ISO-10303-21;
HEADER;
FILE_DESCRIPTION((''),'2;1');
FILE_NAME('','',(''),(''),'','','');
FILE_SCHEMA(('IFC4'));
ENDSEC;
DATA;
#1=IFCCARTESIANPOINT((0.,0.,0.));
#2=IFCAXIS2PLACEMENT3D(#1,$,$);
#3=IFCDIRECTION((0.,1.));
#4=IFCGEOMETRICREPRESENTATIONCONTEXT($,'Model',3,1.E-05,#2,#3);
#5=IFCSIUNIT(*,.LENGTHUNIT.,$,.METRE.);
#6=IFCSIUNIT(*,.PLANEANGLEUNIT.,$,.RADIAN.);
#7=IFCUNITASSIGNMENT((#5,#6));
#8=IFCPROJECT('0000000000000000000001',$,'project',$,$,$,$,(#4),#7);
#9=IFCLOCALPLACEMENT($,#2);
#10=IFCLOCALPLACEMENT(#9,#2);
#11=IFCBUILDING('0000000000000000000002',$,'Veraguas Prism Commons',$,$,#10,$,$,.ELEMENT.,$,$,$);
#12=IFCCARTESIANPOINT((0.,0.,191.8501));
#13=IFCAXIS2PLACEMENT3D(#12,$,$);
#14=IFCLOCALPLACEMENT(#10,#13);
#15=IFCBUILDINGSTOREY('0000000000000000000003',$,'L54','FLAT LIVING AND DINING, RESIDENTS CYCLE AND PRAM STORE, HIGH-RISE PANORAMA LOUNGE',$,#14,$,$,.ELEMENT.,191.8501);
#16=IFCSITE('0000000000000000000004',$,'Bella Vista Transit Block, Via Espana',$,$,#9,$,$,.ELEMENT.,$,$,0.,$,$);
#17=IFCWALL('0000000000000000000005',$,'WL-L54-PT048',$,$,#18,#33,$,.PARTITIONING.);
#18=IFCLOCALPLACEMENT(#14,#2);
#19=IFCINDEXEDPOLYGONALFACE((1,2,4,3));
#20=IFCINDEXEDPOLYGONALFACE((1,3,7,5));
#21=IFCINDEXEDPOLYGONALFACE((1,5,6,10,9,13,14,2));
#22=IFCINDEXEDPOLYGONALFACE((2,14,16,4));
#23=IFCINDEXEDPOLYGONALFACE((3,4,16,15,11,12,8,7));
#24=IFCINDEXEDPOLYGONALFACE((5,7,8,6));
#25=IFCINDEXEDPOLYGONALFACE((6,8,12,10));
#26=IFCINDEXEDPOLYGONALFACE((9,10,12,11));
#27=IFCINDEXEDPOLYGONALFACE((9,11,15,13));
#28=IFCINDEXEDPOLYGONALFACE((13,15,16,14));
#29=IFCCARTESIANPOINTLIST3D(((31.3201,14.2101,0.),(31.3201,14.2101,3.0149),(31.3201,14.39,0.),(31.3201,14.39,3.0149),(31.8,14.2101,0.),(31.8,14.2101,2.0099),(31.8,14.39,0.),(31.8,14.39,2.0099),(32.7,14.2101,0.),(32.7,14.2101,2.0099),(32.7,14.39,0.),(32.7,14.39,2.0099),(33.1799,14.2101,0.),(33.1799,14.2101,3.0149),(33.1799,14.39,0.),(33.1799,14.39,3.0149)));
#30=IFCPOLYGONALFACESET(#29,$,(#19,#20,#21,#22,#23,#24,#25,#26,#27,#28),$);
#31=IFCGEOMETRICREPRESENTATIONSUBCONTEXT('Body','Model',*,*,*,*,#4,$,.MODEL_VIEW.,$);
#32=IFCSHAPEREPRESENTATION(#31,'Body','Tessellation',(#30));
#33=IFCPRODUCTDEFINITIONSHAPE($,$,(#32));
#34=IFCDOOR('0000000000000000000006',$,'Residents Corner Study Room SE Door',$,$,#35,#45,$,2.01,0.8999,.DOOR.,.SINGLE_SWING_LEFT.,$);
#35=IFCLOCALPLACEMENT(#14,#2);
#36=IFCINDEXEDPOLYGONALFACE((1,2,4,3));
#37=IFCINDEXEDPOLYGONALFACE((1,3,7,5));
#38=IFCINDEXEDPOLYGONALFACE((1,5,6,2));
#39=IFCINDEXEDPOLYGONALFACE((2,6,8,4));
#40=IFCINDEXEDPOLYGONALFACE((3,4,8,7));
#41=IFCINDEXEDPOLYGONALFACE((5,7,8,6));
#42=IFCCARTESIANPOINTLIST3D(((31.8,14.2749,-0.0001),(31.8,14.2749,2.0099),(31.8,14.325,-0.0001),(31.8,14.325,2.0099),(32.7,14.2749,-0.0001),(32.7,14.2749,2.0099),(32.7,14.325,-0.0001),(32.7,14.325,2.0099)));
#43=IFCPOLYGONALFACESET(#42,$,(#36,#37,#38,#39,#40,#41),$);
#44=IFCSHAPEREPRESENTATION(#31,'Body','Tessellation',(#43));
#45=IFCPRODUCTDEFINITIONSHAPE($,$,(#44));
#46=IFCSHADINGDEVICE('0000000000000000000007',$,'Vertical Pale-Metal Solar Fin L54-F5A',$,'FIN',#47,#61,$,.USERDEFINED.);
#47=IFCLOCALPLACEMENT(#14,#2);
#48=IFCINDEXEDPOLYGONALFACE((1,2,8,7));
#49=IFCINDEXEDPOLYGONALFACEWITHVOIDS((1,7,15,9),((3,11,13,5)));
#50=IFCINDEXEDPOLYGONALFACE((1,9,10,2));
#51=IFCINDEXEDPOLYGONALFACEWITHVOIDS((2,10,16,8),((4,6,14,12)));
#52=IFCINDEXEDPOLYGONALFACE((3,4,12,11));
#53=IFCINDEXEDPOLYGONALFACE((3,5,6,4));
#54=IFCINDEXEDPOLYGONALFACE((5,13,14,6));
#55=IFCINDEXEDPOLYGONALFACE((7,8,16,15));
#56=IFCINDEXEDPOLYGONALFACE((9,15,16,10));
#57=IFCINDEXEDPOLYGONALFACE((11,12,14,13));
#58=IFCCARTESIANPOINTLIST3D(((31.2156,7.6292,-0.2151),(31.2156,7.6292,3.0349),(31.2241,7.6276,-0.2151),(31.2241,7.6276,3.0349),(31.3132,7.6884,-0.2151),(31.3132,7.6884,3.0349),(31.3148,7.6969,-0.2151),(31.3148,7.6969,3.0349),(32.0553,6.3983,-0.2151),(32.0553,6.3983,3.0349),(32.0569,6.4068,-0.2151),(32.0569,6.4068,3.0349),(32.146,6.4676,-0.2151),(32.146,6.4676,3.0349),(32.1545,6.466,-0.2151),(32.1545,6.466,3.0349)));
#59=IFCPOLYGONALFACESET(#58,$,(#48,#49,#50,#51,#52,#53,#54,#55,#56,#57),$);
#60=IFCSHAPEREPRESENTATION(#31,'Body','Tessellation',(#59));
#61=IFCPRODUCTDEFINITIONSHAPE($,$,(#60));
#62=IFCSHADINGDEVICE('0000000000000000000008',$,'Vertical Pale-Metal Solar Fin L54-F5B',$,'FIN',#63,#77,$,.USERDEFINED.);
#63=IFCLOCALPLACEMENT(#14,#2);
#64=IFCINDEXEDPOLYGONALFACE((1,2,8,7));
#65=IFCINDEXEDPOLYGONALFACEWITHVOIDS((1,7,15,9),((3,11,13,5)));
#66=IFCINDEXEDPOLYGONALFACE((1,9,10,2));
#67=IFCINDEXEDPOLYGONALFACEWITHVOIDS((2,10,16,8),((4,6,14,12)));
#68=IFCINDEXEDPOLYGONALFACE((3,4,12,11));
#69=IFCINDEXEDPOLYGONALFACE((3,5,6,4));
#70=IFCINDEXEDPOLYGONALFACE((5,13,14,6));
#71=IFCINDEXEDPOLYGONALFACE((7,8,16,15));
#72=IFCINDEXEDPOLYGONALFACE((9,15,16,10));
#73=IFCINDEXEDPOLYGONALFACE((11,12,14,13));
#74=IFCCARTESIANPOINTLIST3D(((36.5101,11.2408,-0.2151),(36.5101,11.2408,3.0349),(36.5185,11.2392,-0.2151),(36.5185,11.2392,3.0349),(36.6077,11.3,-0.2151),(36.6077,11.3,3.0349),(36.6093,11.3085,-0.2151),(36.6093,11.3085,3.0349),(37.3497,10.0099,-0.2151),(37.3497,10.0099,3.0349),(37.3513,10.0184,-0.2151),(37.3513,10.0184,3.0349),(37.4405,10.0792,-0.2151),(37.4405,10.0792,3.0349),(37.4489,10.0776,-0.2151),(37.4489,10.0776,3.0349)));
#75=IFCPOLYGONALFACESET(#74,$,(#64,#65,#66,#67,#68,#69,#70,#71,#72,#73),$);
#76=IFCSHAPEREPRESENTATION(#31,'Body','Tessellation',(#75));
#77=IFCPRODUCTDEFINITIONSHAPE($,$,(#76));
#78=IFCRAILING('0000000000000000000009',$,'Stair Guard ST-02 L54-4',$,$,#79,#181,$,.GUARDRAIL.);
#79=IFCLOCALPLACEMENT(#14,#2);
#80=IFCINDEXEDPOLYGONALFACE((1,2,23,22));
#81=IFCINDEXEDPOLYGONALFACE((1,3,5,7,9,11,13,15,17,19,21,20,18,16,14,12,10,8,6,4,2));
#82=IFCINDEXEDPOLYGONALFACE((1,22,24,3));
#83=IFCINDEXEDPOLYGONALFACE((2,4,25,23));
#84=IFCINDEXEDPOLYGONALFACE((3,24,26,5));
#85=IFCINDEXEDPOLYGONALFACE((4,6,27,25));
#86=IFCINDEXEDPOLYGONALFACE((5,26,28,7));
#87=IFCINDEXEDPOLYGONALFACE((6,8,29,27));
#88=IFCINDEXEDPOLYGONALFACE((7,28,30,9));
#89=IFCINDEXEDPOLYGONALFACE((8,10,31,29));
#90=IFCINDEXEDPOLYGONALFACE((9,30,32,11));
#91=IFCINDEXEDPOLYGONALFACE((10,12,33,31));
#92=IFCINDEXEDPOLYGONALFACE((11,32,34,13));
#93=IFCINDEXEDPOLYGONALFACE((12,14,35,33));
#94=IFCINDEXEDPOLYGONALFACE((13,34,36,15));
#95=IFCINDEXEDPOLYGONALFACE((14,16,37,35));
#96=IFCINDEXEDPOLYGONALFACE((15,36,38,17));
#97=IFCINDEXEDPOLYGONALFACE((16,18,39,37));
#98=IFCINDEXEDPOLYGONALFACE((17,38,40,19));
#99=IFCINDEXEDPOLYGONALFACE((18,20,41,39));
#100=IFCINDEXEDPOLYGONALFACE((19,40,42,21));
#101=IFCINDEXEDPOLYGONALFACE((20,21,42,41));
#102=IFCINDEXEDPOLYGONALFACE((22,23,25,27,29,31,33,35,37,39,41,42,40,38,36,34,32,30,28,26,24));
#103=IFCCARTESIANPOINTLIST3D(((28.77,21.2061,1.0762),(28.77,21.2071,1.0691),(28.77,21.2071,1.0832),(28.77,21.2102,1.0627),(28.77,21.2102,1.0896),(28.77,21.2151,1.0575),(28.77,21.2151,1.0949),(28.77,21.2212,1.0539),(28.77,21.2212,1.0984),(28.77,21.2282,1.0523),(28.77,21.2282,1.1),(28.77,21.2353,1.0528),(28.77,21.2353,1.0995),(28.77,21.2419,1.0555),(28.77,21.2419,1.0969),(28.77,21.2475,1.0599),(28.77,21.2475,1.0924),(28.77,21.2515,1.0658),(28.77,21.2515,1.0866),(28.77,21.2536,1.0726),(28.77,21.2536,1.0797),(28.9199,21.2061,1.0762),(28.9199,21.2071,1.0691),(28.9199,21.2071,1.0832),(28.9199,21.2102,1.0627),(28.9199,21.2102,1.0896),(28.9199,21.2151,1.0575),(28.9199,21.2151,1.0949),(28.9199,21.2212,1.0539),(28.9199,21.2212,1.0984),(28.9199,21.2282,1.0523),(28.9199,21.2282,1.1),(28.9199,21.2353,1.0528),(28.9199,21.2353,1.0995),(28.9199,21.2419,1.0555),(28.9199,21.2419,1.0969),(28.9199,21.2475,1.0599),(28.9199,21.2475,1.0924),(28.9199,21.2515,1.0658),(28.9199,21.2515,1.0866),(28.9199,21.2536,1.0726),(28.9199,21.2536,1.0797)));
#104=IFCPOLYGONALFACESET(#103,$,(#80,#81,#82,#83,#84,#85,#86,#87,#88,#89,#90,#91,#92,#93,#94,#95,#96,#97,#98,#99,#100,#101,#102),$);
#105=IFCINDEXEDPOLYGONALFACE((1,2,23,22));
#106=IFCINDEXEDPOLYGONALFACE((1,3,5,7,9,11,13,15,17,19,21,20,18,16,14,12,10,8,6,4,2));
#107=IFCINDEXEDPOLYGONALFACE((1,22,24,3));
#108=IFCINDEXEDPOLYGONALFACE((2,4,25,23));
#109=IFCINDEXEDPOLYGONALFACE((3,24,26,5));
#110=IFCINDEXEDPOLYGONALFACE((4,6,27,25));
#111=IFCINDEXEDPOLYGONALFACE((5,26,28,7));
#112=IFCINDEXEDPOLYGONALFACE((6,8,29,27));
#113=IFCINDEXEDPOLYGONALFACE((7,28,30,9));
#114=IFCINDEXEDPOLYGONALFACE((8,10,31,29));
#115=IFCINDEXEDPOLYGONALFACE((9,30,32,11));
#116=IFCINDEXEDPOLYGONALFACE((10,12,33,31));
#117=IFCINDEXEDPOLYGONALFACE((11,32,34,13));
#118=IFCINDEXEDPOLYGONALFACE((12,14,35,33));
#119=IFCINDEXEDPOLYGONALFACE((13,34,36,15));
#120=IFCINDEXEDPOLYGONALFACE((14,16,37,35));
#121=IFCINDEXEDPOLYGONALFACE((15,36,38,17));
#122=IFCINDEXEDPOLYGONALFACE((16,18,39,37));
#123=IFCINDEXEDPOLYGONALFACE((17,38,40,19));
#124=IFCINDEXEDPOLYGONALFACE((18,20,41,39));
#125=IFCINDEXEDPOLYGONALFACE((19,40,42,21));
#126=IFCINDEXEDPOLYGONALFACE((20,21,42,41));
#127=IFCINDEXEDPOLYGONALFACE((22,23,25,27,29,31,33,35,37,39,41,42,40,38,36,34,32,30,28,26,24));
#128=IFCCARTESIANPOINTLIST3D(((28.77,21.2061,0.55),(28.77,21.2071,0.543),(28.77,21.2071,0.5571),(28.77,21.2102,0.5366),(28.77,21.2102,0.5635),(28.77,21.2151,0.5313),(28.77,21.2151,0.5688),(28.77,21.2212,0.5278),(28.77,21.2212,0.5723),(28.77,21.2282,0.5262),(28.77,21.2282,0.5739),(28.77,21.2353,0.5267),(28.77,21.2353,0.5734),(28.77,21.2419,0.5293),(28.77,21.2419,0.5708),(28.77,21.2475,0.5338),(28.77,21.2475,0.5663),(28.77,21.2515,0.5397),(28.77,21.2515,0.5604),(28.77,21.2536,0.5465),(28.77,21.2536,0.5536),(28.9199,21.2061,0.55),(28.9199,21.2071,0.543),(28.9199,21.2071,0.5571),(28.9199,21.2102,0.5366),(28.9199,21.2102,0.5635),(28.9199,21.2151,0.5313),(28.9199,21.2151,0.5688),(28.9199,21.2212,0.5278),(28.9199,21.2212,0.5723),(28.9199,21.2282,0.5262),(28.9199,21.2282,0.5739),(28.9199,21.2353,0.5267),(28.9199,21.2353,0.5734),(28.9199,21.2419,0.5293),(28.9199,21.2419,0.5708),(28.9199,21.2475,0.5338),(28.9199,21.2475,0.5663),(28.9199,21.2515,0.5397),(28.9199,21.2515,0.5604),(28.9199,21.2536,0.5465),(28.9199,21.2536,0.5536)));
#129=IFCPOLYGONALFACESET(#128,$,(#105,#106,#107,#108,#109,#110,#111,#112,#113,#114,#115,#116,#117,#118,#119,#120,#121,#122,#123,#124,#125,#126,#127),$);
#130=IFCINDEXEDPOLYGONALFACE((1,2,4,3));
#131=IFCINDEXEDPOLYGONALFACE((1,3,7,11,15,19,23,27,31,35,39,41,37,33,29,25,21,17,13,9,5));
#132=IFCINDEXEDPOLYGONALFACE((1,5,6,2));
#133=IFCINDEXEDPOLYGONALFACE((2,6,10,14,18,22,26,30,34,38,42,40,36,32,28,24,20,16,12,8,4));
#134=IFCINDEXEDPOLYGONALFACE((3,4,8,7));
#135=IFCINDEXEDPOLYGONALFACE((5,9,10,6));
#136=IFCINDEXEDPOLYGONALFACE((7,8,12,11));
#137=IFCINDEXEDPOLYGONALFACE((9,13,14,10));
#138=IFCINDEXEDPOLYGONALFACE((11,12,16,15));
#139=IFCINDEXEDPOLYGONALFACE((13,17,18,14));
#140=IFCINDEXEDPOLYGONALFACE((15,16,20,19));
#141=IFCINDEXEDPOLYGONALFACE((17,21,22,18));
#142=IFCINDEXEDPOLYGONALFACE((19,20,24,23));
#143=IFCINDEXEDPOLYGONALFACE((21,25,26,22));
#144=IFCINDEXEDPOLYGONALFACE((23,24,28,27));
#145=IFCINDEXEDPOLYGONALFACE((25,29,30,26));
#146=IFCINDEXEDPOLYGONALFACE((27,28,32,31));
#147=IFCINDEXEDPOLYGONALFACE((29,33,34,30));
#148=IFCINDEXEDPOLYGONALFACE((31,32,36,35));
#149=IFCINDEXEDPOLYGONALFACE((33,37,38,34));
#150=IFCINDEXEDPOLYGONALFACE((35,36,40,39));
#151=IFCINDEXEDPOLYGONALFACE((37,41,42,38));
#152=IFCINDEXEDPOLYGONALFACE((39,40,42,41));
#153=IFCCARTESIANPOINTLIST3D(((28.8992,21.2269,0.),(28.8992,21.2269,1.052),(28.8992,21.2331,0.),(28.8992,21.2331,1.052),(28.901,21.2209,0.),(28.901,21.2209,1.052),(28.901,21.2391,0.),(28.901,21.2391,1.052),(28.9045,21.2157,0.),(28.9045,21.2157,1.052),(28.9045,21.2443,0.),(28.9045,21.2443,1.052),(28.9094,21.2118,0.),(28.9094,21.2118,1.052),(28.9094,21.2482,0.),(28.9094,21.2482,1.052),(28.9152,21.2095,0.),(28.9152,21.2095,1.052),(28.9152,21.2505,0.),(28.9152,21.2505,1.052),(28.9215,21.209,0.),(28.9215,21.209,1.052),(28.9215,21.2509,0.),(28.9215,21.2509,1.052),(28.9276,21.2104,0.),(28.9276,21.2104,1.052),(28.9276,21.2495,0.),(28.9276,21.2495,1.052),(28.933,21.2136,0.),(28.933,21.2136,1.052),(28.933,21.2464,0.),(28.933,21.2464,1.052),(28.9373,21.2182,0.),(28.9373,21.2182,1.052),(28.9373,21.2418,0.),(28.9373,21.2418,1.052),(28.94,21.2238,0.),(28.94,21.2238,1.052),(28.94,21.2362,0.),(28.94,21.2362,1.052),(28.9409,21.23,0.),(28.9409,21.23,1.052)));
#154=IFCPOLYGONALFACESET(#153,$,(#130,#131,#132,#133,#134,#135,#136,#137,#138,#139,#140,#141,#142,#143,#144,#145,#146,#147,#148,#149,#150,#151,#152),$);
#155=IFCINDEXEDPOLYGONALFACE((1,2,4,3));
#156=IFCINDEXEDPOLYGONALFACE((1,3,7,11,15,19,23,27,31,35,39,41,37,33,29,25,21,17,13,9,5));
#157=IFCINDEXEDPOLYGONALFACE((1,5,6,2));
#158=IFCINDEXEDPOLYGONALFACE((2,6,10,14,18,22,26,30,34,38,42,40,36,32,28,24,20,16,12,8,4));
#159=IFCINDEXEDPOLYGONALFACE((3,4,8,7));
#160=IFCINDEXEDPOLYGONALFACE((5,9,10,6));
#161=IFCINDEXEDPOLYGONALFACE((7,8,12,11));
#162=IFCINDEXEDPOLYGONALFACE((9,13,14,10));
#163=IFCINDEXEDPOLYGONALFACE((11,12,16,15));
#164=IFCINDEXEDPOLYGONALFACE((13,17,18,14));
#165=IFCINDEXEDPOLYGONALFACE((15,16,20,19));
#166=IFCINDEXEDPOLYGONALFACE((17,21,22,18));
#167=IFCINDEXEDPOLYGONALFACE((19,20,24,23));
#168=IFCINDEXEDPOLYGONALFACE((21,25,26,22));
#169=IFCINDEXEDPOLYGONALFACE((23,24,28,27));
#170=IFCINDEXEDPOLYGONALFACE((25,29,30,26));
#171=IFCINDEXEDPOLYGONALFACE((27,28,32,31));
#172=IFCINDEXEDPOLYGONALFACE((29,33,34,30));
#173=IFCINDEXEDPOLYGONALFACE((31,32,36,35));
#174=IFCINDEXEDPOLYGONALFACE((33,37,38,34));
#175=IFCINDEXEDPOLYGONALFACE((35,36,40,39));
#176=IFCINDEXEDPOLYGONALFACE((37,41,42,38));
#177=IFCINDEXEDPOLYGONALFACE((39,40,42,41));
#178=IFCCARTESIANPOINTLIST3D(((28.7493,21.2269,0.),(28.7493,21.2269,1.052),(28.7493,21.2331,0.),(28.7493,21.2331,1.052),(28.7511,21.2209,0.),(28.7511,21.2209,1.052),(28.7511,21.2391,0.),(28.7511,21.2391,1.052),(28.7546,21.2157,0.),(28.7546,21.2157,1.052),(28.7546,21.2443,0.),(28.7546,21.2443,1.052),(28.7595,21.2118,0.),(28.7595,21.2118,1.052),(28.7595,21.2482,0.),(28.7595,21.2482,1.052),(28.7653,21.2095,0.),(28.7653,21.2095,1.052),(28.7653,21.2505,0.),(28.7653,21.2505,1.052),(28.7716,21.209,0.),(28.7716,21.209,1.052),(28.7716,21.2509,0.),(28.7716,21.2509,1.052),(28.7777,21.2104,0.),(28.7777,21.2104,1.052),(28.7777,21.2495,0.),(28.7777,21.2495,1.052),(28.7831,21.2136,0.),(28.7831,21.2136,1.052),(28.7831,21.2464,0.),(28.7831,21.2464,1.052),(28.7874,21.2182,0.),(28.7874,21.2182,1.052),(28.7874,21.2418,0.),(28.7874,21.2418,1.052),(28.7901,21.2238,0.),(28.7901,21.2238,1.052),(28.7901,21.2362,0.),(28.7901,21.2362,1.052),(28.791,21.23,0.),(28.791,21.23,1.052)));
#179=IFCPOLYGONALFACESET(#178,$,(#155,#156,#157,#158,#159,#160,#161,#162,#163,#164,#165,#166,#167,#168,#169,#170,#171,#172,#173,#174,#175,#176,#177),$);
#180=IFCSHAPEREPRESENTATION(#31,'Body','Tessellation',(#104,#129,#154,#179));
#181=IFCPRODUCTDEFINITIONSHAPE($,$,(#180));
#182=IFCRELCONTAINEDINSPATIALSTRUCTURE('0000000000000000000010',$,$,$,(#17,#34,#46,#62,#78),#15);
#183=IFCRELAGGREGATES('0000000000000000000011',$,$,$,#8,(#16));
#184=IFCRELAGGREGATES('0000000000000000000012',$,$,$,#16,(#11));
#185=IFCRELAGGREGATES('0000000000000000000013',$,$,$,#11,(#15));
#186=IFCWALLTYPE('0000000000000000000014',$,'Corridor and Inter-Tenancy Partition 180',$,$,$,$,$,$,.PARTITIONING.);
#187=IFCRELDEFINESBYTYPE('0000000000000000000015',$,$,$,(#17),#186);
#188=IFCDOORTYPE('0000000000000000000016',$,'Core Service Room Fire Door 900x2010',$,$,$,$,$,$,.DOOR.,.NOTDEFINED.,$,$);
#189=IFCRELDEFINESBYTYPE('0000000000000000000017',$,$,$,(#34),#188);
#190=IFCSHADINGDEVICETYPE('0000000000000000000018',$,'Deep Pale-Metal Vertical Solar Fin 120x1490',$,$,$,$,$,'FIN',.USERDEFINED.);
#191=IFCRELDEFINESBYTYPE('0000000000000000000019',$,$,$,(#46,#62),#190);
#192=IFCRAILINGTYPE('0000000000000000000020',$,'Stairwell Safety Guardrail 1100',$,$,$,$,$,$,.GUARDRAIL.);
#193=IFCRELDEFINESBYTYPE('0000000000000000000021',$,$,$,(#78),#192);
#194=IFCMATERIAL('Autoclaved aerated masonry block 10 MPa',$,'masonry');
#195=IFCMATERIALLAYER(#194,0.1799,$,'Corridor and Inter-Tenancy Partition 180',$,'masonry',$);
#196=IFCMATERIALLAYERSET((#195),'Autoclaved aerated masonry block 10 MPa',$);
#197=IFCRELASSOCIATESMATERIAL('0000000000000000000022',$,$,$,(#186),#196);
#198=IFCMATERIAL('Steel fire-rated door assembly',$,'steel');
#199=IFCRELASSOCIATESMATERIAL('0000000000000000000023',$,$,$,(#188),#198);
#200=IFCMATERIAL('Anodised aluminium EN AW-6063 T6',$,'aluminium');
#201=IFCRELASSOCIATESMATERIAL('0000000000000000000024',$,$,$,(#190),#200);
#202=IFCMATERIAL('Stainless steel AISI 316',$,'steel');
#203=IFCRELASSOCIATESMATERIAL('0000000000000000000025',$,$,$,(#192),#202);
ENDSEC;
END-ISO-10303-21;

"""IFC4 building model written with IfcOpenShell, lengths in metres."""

from ifc_helpers import new_model, si_unit, direction, frame, frame_2d, origin, origin_2d, place, context, subcontext, project, spatial, rectangle, hollow_rectangle, circle, extrude, source, transform, mapped, material, layer, layer_set, material_profile, profile_set, type_object, element, fill, save


model = new_model("IFC4")

# Units and contexts
model_context = context("Model", 3, precision=1e-05, world=origin(), true_north=direction((0.0, 1.0)))
body_context = subcontext(model_context, "Body", "Model", "MODEL_VIEW")
ifc_project = project(units=[si_unit("LENGTHUNIT", "METRE"), si_unit("PLANEANGLEUNIT", "RADIAN")], contexts=[model_context])

# Site, building, storey
site_placement = place(None, origin())
site = spatial("IfcSite", under=ifc_project, at=site_placement, Name="Bella Vista Transit Block, Via Espana", CompositionType="ELEMENT", RefElevation=0.0)
building_placement = place(site_placement, origin())
building = spatial("IfcBuilding", under=site, at=building_placement, Name="Veraguas Prism Commons", CompositionType="ELEMENT")
storey_placement = place(building_placement, frame((0.0, 0.0, 191.8501)))
storey = spatial("IfcBuildingStorey", under=building, at=storey_placement, Name="L54", Description="FLAT LIVING AND DINING, RESIDENTS CYCLE AND PRAM STORE, HIGH-RISE PANORAMA LOUNGE", CompositionType="ELEMENT", Elevation=191.8501)

# Shared definitions
ifc_material_1 = material(Name="Anodised aluminium EN AW-6063 T6", Category="aluminium")

# Shared definitions
ifc_material_2 = material(Name="Autoclaved aerated masonry block 10 MPa", Category="masonry")
ifc_layer_1 = layer(ifc_material_2, 0.1799, Name="Corridor and Inter-Tenancy Partition 180", Category="masonry")
ifc_layer_set_1 = layer_set([ifc_layer_1], Name="Autoclaved aerated masonry block 10 MPa")
wall_type_1 = type_object("IfcWallType", Name="Corridor and Inter-Tenancy Partition 180", PredefinedType="PARTITIONING", material=ifc_layer_set_1)

# Shared definitions
ifc_material_3 = material(Name="Steel fire-rated door assembly", Category="steel")

# Wall, opening, door
wall_1_placement = place(storey_placement, frame((31.3201, 14.3, 0.0), z_axis=(0.0, 0.0, 1.0), x_axis=(1.0, 0.0, 0.0)))
wall_1 = element("IfcWall", 1, at=wall_1_placement, inside=storey, type_object=wall_type_1, Name="WL-L54-PT048", PredefinedType="PARTITIONING", context=body_context, shape_type="SweptSolid", body=[
    extrude(rectangle(XDim=1.8599, YDim=0.1799, at=frame_2d((0.9299, 0.0))), origin(), (0.0, 0.0, 1.0), 3.0149),
])
opening_1_placement = place(wall_1_placement, frame((0.48, 0.0, 0.0)))
opening_1 = element("IfcOpeningElement", 2, at=opening_1_placement, cuts=wall_1, PredefinedType="OPENING", context=body_context, shape_type="SweptSolid", body=[
    extrude(rectangle(XDim=0.8999, YDim=2.01, at=frame_2d((0.45, 1.0049))), frame((0.0, 0.0999, 0.0), z_axis=(0.0, -1.0, 0.0), x_axis=(1.0, 0.0, 0.0)), (0.0, 0.0, 1.0), 0.2),
])
door_type_1 = type_object("IfcDoorType", Name="Core Service Room Fire Door 900x2010", OperationType="NOTDEFINED", PredefinedType="DOOR", material=ifc_material_3)
shared_shape_1 = source(origin(), body_context, "Body", "SweptSolid", [
    extrude(rectangle(XDim=0.8999, YDim=2.01, at=frame_2d((0.45, 1.0049))), frame((0.0, 0.0249, 0.0), z_axis=(0.0, -1.0, 0.0), x_axis=(1.0, 0.0, 0.0)), (0.0, 0.0, 1.0), 0.05),
])
door_1_placement = place(opening_1_placement, origin())
door_1 = element("IfcDoor", 3, at=door_1_placement, inside=storey, type_object=door_type_1, Name="Residents Corner Study Room SE Door", OperationType="SINGLE_SWING_LEFT", OverallHeight=2.01, OverallWidth=0.8999, PredefinedType="DOOR", context=body_context, shape_type="MappedRepresentation", body=[
    mapped(shared_shape_1, transform((0.0, 0.0, 0.0), scale=1.0)),
])
fill(opening_1, door_1)

# Shading devices
ifc_material_profile_1 = material_profile(ifc_material_1, hollow_rectangle(XDim=0.1201, YDim=1.49, WallThickness=0.0061, at=origin_2d()), Name="FIN120X1490X6")
ifc_profile_set_1 = profile_set([ifc_material_profile_1], Name="Anodised aluminium EN AW-6063 T6")
shading_device_type = type_object("IfcShadingDeviceType", Name="Deep Pale-Metal Vertical Solar Fin 120x1490", ElementType="FIN", PredefinedType="USERDEFINED", material=ifc_profile_set_1)
for number, where, z_axis, x_axis, name in (
    (4, (31.6851, 7.0476, -0.2151), (0.0, 0.0, 1.0), (0.826097, 0.563527, 0.0), "Vertical Pale-Metal Solar Fin L54-F5A"),
    (5, (36.9795, 10.6592, -0.2151), (0.0, 0.0, 1.0), (0.826097, 0.563527, 0.0), "Vertical Pale-Metal Solar Fin L54-F5B"),
):
    element("IfcShadingDevice", number, at=place(storey_placement, frame(where, z_axis=z_axis, x_axis=x_axis)), inside=storey, type_object=shading_device_type, Name=name, ObjectType="FIN", PredefinedType="USERDEFINED", context=body_context, shape_type="SweptSolid", body=[
        extrude(hollow_rectangle(XDim=0.1201, YDim=1.49, WallThickness=0.0061, at=origin_2d()), origin(), (0.0, 0.0, 1.0), 3.25),
    ])

# Railing
ifc_material_4 = material(Name="Stainless steel AISI 316", Category="steel")
railing_type = type_object("IfcRailingType", Name="Stairwell Safety Guardrail 1100", PredefinedType="GUARDRAIL", material=ifc_material_4)
railing_placement = place(storey_placement, frame((28.9199, 21.23, 0.0)))
element("IfcRailing", 6, at=railing_placement, inside=storey, type_object=railing_type, Name="Stair Guard ST-02 L54-4", PredefinedType="GUARDRAIL", context=body_context, shape_type="SweptSolid", body=[
    extrude(circle(Radius=0.0239, at=origin_2d()), frame((0.0, 0.0, 1.0762), z_axis=(-1.0, 0.0, 0.0), x_axis=(0.0, -1.0, 0.0)), (0.0, 0.0, 1.0), 0.1499),
    extrude(circle(Radius=0.0239, at=origin_2d()), frame((0.0, 0.0, 0.55), z_axis=(-1.0, 0.0, 0.0), x_axis=(0.0, -1.0, 0.0)), (0.0, 0.0, 1.0), 0.1499),
    extrude(circle(Radius=0.021, at=origin_2d()), origin(), (0.0, 0.0, 1.0), 1.052),
    extrude(circle(Radius=0.021, at=origin_2d()), frame((-0.1499, 0.0, 0.0)), (0.0, 0.0, 1.0), 1.052),
])

save(model, "model.ifc")
